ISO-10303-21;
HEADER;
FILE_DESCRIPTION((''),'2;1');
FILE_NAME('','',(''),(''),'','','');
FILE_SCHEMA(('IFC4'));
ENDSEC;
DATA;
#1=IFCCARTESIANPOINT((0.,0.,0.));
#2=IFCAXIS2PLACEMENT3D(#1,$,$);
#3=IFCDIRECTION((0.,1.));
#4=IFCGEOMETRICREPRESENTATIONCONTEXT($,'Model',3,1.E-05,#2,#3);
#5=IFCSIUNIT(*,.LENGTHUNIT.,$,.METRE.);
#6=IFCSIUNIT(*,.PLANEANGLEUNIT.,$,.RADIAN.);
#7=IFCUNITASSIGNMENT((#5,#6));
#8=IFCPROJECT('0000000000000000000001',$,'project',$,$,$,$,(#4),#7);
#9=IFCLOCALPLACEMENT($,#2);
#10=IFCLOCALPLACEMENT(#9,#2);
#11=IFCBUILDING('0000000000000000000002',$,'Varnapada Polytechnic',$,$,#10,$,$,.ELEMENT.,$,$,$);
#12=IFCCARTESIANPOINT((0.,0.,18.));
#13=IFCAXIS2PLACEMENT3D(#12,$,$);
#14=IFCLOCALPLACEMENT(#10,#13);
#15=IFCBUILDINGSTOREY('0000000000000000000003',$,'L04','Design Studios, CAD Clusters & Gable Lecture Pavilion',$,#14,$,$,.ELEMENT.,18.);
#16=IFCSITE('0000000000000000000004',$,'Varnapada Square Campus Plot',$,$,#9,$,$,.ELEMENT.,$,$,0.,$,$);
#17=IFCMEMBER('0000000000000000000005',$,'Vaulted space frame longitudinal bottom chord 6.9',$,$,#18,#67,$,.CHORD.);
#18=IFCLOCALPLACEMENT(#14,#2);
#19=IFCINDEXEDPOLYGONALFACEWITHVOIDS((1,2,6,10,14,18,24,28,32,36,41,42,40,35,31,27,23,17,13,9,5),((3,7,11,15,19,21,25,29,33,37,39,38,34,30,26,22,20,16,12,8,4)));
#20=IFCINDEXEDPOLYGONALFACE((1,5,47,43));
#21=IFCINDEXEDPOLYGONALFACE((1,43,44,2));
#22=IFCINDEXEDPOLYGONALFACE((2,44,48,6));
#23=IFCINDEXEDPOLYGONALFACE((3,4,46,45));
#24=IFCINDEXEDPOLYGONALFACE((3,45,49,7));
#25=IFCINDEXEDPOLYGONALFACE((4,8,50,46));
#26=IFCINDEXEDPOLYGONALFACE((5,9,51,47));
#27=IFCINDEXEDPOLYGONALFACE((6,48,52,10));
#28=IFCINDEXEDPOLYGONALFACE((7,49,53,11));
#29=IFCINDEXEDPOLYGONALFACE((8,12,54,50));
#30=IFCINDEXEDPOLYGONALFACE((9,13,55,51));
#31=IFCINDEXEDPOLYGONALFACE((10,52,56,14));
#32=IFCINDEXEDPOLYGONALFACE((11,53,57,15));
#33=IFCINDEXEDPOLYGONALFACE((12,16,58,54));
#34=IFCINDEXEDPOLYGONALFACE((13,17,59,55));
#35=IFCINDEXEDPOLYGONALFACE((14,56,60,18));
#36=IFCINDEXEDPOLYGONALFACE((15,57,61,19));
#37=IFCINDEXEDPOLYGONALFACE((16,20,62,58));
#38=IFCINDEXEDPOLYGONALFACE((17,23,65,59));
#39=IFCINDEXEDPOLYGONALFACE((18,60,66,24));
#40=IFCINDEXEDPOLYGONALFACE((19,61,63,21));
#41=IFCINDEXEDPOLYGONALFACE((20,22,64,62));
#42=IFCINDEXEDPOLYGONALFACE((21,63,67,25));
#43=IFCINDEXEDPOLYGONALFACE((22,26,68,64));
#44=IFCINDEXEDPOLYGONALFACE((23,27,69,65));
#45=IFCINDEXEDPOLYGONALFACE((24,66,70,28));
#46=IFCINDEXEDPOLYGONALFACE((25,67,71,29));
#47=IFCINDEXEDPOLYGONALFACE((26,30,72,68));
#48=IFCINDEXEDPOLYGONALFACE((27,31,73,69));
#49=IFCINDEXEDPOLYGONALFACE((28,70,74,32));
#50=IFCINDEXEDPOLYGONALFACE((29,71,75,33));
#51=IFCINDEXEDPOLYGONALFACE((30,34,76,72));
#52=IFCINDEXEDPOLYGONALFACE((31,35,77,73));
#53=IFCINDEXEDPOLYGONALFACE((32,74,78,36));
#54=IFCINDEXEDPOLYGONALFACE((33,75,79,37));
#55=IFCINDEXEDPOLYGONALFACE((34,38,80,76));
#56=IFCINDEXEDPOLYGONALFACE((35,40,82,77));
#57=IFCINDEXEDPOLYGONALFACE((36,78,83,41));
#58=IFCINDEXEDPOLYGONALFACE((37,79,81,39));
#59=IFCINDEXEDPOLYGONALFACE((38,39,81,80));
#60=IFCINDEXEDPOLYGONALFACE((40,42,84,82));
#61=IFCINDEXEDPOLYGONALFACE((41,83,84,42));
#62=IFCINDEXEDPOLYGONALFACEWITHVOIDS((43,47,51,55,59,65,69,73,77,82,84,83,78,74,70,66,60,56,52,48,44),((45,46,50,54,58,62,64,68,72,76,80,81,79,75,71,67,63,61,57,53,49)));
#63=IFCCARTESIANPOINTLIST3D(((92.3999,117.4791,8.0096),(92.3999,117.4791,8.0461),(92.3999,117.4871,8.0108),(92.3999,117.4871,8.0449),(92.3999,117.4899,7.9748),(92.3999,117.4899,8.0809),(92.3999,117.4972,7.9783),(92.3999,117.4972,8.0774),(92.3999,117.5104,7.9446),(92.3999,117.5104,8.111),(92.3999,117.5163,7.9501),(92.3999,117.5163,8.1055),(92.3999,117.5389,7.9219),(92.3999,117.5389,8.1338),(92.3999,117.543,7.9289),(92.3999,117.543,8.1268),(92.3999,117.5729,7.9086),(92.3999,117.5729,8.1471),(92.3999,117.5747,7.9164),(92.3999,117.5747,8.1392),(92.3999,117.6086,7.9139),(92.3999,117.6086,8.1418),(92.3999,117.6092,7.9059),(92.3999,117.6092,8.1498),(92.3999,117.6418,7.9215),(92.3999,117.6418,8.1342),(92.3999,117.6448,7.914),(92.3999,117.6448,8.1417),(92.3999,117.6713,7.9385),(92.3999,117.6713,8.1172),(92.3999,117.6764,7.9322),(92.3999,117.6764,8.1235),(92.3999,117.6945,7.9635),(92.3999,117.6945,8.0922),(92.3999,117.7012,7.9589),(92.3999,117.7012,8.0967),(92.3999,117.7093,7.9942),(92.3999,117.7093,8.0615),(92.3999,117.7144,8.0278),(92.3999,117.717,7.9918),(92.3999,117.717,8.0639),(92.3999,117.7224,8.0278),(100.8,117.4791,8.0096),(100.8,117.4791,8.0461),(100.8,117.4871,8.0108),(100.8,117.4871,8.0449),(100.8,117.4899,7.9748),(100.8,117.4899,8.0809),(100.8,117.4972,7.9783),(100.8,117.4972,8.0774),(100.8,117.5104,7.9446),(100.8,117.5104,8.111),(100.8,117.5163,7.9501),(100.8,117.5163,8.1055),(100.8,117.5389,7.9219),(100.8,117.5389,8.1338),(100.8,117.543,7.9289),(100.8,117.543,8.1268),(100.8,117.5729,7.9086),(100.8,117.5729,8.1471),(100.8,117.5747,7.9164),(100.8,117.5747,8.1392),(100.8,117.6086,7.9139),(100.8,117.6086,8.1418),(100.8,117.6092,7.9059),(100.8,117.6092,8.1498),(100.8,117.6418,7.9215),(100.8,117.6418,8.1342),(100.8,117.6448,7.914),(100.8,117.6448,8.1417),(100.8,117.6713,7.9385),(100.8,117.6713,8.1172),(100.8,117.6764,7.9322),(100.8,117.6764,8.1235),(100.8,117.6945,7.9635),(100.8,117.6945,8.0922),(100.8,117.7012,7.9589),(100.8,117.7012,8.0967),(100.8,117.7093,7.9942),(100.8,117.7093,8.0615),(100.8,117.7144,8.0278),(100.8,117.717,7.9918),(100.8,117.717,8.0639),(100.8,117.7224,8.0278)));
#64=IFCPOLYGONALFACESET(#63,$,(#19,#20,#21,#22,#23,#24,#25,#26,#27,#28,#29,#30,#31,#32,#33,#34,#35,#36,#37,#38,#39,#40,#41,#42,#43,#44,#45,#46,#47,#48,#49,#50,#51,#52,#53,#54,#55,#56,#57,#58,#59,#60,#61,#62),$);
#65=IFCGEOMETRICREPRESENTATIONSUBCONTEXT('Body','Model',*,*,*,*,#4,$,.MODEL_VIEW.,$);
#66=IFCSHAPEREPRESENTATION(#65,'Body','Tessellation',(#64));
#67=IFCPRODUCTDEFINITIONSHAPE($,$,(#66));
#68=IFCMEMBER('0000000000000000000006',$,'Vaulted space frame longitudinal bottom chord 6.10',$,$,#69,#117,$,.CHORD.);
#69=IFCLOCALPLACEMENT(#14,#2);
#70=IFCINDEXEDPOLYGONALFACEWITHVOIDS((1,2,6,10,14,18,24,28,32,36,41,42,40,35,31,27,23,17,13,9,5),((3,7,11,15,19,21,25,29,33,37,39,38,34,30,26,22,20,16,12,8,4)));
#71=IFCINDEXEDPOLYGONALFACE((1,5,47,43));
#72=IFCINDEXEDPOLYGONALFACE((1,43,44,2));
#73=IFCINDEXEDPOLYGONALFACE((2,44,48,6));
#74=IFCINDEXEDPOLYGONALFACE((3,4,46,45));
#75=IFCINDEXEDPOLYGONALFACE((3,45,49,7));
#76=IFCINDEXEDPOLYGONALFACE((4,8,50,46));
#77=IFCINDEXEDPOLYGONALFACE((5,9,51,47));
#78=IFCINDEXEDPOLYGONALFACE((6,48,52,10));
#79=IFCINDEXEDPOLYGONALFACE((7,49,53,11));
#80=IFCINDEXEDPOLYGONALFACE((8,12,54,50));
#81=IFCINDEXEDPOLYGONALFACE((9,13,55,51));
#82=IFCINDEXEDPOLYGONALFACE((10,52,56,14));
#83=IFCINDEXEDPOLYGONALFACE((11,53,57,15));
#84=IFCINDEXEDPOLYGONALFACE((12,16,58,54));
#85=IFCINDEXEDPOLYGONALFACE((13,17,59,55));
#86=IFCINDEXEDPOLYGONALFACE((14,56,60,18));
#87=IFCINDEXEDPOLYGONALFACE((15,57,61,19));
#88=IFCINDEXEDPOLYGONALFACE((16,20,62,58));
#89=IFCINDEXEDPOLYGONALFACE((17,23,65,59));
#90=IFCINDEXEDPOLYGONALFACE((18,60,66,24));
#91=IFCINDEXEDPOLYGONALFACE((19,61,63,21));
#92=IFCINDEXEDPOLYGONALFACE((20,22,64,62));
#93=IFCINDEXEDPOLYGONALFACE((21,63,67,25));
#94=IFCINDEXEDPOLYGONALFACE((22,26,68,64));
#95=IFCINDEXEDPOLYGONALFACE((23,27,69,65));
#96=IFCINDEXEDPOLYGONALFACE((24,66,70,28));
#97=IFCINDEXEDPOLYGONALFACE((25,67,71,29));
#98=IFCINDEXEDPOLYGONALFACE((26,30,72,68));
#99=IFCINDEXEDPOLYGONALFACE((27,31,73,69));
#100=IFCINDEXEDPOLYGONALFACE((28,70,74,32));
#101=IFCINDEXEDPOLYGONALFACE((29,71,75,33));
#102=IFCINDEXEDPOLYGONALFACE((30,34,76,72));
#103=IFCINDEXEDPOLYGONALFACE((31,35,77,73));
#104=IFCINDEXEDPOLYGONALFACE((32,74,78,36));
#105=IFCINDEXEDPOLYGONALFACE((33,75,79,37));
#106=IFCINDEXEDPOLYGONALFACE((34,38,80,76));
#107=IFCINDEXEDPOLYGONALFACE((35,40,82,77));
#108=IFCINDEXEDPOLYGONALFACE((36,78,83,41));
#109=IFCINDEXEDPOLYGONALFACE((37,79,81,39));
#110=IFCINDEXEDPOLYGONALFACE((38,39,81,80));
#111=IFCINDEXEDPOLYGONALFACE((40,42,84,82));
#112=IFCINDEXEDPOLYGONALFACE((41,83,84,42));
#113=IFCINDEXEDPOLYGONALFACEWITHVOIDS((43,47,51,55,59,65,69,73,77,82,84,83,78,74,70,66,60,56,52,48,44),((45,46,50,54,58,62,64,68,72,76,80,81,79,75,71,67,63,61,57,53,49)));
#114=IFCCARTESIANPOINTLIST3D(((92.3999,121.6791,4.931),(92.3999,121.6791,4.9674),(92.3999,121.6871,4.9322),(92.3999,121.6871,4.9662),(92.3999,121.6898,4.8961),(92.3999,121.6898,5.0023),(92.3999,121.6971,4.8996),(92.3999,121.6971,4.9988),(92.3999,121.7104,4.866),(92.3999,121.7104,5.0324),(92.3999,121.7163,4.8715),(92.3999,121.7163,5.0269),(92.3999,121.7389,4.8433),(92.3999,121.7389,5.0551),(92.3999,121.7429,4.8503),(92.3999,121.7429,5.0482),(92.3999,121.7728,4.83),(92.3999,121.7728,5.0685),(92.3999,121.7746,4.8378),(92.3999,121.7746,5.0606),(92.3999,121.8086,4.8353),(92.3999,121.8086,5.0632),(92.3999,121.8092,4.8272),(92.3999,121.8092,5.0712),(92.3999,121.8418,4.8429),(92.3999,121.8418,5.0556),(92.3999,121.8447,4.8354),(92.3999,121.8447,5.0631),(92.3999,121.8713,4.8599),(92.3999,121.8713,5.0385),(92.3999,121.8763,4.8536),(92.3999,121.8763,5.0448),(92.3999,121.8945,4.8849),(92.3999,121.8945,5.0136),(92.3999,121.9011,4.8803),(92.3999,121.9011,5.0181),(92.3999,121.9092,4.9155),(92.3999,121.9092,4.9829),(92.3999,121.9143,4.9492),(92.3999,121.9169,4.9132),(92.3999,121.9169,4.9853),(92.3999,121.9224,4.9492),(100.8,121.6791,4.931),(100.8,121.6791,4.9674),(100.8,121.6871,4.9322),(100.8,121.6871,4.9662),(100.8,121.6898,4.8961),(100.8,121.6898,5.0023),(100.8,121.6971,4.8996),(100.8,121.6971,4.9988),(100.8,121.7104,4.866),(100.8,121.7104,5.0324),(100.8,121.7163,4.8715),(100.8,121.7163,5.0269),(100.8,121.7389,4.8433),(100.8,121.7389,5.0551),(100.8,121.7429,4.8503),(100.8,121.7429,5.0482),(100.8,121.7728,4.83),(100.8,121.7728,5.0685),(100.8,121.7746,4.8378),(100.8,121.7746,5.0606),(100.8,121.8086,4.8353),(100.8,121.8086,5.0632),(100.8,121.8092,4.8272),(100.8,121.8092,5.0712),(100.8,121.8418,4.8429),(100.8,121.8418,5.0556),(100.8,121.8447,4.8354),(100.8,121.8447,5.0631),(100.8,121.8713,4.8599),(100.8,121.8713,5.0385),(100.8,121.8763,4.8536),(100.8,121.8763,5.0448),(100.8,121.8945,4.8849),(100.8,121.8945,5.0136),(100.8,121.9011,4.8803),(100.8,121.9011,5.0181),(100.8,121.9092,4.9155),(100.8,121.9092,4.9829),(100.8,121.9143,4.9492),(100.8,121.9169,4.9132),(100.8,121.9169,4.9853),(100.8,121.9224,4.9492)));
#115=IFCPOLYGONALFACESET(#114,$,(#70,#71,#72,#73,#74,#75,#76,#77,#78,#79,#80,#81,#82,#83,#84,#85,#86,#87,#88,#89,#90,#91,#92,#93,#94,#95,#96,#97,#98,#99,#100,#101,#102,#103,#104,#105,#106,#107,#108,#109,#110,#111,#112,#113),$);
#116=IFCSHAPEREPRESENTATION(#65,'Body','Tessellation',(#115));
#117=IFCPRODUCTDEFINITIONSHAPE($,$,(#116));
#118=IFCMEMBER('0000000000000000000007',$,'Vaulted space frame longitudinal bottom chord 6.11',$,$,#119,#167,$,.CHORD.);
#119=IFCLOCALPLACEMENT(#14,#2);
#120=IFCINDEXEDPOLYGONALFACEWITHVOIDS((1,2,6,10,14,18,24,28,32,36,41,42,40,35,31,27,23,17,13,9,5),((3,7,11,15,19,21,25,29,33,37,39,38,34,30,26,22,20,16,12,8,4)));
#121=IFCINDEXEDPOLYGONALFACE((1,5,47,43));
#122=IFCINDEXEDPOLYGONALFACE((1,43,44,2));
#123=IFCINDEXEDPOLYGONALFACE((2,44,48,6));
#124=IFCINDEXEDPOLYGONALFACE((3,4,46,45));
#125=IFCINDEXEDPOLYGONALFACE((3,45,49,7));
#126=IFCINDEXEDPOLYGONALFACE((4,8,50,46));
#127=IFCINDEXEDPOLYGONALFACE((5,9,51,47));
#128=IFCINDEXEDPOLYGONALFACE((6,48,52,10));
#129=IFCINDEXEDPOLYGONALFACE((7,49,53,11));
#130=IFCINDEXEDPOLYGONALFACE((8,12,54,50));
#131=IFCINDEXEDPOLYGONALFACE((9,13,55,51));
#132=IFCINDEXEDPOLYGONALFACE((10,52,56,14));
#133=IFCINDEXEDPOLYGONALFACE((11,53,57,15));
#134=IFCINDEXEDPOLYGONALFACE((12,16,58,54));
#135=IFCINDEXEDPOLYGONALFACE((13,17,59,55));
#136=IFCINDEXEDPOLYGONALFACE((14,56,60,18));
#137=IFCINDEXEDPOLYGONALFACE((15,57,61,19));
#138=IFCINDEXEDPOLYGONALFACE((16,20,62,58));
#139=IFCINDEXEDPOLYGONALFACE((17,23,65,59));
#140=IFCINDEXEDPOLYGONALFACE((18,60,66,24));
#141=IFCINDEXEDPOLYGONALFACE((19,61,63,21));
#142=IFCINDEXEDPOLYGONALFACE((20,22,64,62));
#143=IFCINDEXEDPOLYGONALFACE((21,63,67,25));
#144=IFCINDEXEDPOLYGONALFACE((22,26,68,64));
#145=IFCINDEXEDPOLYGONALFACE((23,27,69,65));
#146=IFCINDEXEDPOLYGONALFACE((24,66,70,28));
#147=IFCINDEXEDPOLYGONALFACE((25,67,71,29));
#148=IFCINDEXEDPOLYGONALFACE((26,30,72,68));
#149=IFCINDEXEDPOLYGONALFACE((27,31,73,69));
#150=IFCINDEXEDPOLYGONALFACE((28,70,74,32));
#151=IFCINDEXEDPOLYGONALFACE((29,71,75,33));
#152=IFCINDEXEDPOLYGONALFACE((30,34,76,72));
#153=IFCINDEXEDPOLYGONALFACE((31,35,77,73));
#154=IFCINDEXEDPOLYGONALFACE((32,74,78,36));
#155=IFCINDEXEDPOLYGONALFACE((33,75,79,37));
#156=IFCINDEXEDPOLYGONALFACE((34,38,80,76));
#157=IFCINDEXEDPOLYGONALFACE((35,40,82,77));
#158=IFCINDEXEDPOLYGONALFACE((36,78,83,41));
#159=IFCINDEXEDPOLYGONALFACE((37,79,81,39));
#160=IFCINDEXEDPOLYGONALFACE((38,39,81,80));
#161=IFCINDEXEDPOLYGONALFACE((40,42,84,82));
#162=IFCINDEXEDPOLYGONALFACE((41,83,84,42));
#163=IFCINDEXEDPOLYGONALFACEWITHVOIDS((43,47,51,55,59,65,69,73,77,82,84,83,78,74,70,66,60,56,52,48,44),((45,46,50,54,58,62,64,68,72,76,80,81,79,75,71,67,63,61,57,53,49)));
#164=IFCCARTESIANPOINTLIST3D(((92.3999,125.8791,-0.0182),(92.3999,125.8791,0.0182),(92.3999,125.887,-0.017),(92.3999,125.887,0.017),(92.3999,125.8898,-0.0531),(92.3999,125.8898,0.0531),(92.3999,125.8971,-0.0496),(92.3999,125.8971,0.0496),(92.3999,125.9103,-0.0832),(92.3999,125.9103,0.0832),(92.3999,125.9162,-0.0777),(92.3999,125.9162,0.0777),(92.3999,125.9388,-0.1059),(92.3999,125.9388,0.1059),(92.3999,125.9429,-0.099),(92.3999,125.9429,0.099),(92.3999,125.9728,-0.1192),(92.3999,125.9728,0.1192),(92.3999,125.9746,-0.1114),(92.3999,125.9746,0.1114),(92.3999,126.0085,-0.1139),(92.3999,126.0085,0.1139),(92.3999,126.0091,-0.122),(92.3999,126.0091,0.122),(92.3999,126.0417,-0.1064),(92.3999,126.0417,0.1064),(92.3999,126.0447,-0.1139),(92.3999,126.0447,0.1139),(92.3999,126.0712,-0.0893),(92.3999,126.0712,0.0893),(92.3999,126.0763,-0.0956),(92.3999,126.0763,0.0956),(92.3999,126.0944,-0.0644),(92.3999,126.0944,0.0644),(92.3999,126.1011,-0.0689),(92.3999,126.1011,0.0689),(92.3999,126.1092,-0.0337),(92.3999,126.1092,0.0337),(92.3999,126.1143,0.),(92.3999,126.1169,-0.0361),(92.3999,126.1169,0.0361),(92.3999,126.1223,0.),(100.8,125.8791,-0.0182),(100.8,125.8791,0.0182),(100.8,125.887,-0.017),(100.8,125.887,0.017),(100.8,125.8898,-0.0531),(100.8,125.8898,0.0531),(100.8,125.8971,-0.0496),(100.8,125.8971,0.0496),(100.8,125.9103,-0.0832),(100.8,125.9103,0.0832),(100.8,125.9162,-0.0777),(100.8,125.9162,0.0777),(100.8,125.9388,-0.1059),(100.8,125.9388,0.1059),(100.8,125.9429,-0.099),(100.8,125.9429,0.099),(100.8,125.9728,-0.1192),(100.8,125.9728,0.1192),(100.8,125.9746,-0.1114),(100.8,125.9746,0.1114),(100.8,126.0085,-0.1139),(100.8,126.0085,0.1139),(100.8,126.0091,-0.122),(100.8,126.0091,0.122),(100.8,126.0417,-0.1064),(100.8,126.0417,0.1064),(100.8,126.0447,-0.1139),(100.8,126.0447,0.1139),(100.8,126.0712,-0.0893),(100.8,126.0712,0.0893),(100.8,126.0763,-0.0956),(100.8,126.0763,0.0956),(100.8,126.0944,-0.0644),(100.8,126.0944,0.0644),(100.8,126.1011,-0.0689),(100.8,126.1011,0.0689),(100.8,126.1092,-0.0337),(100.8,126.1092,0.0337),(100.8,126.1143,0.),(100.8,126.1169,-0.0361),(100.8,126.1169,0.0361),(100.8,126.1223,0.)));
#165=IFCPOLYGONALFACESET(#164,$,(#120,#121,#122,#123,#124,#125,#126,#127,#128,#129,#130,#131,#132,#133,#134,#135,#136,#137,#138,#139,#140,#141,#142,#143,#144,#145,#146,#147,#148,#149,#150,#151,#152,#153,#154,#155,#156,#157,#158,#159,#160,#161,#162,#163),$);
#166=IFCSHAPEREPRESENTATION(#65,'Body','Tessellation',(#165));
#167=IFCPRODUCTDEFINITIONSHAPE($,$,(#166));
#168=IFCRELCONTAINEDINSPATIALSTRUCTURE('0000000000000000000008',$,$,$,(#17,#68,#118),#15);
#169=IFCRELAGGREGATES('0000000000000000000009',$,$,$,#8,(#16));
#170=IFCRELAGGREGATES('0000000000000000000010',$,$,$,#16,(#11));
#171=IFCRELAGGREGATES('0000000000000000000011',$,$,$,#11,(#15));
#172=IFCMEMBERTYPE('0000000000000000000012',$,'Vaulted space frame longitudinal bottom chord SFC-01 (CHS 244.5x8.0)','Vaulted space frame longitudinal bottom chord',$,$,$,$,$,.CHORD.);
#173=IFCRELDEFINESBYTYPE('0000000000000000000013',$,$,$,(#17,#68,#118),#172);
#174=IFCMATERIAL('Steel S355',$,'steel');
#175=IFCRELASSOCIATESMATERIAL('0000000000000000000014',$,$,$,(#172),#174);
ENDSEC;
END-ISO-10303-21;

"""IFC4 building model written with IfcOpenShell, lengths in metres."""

from ifc_helpers import new_model, si_unit, direction, frame, origin, origin_2d, place, context, subcontext, project, spatial, hollow_circle, extrude, material, material_profile, profile_set, type_object, element, save


model = new_model("IFC4")

# Units and contexts
model_context = context("Model", 3, precision=1e-05, world=origin(), true_north=direction((0.0, 1.0)))
body_context = subcontext(model_context, "Body", "Model", "MODEL_VIEW")
ifc_project = project(units=[si_unit("LENGTHUNIT", "METRE"), si_unit("PLANEANGLEUNIT", "RADIAN")], contexts=[model_context])

# Site, building, storey
site_placement = place(None, origin())
site = spatial("IfcSite", under=ifc_project, at=site_placement, Name="Varnapada Square Campus Plot", CompositionType="ELEMENT", RefElevation=0.0)
building_placement = place(site_placement, origin())
building = spatial("IfcBuilding", under=site, at=building_placement, Name="Varnapada Polytechnic", CompositionType="ELEMENT")
storey_placement = place(building_placement, frame((0.0, 0.0, 18.0)))
storey = spatial("IfcBuildingStorey", under=building, at=storey_placement, Name="L04", Description="Design Studios, CAD Clusters & Gable Lecture Pavilion", CompositionType="ELEMENT", Elevation=18.0)

# Shared definitions
ifc_material = material(Name="Steel S355", Category="steel")

# Members
ifc_material_profile_1 = material_profile(ifc_material, hollow_circle(Radius=0.1223, WallThickness=0.0081, at=origin_2d()), Name="CHS 244.5x8.0")
ifc_profile_set_1 = profile_set([ifc_material_profile_1], Name="Steel S355")
member_type_1 = type_object("IfcMemberType", Name="Vaulted space frame longitudinal bottom chord SFC-01 (CHS 244.5x8.0)", Description="Vaulted space frame longitudinal bottom chord", PredefinedType="CHORD", material=ifc_profile_set_1)
for number, where, z_axis, x_axis, name in (
    (1, (92.3999, 117.6001, 8.0278), (1.0, 0.0, 0.0), (0.0, 1.0, 0.0), "Vaulted space frame longitudinal bottom chord 6.9"),
    (2, (92.3999, 121.8, 4.9492), (1.0, 0.0, 0.0), (0.0, 1.0, 0.0), "Vaulted space frame longitudinal bottom chord 6.10"),
    (3, (92.3999, 126.0, 0.0), (1.0, 0.0, 0.0), (0.0, 1.0, 0.0), "Vaulted space frame longitudinal bottom chord 6.11"),
):
    element("IfcMember", number, at=place(storey_placement, frame(where, z_axis=z_axis, x_axis=x_axis)), inside=storey, type_object=member_type_1, Name=name, PredefinedType="CHORD", context=body_context, shape_type="SweptSolid", body=[
        extrude(hollow_circle(Radius=0.1223, WallThickness=0.0081, at=origin_2d()), origin(), (0.0, 0.0, 1.0), 8.4001),
    ])

save(model, "model.ifc")
